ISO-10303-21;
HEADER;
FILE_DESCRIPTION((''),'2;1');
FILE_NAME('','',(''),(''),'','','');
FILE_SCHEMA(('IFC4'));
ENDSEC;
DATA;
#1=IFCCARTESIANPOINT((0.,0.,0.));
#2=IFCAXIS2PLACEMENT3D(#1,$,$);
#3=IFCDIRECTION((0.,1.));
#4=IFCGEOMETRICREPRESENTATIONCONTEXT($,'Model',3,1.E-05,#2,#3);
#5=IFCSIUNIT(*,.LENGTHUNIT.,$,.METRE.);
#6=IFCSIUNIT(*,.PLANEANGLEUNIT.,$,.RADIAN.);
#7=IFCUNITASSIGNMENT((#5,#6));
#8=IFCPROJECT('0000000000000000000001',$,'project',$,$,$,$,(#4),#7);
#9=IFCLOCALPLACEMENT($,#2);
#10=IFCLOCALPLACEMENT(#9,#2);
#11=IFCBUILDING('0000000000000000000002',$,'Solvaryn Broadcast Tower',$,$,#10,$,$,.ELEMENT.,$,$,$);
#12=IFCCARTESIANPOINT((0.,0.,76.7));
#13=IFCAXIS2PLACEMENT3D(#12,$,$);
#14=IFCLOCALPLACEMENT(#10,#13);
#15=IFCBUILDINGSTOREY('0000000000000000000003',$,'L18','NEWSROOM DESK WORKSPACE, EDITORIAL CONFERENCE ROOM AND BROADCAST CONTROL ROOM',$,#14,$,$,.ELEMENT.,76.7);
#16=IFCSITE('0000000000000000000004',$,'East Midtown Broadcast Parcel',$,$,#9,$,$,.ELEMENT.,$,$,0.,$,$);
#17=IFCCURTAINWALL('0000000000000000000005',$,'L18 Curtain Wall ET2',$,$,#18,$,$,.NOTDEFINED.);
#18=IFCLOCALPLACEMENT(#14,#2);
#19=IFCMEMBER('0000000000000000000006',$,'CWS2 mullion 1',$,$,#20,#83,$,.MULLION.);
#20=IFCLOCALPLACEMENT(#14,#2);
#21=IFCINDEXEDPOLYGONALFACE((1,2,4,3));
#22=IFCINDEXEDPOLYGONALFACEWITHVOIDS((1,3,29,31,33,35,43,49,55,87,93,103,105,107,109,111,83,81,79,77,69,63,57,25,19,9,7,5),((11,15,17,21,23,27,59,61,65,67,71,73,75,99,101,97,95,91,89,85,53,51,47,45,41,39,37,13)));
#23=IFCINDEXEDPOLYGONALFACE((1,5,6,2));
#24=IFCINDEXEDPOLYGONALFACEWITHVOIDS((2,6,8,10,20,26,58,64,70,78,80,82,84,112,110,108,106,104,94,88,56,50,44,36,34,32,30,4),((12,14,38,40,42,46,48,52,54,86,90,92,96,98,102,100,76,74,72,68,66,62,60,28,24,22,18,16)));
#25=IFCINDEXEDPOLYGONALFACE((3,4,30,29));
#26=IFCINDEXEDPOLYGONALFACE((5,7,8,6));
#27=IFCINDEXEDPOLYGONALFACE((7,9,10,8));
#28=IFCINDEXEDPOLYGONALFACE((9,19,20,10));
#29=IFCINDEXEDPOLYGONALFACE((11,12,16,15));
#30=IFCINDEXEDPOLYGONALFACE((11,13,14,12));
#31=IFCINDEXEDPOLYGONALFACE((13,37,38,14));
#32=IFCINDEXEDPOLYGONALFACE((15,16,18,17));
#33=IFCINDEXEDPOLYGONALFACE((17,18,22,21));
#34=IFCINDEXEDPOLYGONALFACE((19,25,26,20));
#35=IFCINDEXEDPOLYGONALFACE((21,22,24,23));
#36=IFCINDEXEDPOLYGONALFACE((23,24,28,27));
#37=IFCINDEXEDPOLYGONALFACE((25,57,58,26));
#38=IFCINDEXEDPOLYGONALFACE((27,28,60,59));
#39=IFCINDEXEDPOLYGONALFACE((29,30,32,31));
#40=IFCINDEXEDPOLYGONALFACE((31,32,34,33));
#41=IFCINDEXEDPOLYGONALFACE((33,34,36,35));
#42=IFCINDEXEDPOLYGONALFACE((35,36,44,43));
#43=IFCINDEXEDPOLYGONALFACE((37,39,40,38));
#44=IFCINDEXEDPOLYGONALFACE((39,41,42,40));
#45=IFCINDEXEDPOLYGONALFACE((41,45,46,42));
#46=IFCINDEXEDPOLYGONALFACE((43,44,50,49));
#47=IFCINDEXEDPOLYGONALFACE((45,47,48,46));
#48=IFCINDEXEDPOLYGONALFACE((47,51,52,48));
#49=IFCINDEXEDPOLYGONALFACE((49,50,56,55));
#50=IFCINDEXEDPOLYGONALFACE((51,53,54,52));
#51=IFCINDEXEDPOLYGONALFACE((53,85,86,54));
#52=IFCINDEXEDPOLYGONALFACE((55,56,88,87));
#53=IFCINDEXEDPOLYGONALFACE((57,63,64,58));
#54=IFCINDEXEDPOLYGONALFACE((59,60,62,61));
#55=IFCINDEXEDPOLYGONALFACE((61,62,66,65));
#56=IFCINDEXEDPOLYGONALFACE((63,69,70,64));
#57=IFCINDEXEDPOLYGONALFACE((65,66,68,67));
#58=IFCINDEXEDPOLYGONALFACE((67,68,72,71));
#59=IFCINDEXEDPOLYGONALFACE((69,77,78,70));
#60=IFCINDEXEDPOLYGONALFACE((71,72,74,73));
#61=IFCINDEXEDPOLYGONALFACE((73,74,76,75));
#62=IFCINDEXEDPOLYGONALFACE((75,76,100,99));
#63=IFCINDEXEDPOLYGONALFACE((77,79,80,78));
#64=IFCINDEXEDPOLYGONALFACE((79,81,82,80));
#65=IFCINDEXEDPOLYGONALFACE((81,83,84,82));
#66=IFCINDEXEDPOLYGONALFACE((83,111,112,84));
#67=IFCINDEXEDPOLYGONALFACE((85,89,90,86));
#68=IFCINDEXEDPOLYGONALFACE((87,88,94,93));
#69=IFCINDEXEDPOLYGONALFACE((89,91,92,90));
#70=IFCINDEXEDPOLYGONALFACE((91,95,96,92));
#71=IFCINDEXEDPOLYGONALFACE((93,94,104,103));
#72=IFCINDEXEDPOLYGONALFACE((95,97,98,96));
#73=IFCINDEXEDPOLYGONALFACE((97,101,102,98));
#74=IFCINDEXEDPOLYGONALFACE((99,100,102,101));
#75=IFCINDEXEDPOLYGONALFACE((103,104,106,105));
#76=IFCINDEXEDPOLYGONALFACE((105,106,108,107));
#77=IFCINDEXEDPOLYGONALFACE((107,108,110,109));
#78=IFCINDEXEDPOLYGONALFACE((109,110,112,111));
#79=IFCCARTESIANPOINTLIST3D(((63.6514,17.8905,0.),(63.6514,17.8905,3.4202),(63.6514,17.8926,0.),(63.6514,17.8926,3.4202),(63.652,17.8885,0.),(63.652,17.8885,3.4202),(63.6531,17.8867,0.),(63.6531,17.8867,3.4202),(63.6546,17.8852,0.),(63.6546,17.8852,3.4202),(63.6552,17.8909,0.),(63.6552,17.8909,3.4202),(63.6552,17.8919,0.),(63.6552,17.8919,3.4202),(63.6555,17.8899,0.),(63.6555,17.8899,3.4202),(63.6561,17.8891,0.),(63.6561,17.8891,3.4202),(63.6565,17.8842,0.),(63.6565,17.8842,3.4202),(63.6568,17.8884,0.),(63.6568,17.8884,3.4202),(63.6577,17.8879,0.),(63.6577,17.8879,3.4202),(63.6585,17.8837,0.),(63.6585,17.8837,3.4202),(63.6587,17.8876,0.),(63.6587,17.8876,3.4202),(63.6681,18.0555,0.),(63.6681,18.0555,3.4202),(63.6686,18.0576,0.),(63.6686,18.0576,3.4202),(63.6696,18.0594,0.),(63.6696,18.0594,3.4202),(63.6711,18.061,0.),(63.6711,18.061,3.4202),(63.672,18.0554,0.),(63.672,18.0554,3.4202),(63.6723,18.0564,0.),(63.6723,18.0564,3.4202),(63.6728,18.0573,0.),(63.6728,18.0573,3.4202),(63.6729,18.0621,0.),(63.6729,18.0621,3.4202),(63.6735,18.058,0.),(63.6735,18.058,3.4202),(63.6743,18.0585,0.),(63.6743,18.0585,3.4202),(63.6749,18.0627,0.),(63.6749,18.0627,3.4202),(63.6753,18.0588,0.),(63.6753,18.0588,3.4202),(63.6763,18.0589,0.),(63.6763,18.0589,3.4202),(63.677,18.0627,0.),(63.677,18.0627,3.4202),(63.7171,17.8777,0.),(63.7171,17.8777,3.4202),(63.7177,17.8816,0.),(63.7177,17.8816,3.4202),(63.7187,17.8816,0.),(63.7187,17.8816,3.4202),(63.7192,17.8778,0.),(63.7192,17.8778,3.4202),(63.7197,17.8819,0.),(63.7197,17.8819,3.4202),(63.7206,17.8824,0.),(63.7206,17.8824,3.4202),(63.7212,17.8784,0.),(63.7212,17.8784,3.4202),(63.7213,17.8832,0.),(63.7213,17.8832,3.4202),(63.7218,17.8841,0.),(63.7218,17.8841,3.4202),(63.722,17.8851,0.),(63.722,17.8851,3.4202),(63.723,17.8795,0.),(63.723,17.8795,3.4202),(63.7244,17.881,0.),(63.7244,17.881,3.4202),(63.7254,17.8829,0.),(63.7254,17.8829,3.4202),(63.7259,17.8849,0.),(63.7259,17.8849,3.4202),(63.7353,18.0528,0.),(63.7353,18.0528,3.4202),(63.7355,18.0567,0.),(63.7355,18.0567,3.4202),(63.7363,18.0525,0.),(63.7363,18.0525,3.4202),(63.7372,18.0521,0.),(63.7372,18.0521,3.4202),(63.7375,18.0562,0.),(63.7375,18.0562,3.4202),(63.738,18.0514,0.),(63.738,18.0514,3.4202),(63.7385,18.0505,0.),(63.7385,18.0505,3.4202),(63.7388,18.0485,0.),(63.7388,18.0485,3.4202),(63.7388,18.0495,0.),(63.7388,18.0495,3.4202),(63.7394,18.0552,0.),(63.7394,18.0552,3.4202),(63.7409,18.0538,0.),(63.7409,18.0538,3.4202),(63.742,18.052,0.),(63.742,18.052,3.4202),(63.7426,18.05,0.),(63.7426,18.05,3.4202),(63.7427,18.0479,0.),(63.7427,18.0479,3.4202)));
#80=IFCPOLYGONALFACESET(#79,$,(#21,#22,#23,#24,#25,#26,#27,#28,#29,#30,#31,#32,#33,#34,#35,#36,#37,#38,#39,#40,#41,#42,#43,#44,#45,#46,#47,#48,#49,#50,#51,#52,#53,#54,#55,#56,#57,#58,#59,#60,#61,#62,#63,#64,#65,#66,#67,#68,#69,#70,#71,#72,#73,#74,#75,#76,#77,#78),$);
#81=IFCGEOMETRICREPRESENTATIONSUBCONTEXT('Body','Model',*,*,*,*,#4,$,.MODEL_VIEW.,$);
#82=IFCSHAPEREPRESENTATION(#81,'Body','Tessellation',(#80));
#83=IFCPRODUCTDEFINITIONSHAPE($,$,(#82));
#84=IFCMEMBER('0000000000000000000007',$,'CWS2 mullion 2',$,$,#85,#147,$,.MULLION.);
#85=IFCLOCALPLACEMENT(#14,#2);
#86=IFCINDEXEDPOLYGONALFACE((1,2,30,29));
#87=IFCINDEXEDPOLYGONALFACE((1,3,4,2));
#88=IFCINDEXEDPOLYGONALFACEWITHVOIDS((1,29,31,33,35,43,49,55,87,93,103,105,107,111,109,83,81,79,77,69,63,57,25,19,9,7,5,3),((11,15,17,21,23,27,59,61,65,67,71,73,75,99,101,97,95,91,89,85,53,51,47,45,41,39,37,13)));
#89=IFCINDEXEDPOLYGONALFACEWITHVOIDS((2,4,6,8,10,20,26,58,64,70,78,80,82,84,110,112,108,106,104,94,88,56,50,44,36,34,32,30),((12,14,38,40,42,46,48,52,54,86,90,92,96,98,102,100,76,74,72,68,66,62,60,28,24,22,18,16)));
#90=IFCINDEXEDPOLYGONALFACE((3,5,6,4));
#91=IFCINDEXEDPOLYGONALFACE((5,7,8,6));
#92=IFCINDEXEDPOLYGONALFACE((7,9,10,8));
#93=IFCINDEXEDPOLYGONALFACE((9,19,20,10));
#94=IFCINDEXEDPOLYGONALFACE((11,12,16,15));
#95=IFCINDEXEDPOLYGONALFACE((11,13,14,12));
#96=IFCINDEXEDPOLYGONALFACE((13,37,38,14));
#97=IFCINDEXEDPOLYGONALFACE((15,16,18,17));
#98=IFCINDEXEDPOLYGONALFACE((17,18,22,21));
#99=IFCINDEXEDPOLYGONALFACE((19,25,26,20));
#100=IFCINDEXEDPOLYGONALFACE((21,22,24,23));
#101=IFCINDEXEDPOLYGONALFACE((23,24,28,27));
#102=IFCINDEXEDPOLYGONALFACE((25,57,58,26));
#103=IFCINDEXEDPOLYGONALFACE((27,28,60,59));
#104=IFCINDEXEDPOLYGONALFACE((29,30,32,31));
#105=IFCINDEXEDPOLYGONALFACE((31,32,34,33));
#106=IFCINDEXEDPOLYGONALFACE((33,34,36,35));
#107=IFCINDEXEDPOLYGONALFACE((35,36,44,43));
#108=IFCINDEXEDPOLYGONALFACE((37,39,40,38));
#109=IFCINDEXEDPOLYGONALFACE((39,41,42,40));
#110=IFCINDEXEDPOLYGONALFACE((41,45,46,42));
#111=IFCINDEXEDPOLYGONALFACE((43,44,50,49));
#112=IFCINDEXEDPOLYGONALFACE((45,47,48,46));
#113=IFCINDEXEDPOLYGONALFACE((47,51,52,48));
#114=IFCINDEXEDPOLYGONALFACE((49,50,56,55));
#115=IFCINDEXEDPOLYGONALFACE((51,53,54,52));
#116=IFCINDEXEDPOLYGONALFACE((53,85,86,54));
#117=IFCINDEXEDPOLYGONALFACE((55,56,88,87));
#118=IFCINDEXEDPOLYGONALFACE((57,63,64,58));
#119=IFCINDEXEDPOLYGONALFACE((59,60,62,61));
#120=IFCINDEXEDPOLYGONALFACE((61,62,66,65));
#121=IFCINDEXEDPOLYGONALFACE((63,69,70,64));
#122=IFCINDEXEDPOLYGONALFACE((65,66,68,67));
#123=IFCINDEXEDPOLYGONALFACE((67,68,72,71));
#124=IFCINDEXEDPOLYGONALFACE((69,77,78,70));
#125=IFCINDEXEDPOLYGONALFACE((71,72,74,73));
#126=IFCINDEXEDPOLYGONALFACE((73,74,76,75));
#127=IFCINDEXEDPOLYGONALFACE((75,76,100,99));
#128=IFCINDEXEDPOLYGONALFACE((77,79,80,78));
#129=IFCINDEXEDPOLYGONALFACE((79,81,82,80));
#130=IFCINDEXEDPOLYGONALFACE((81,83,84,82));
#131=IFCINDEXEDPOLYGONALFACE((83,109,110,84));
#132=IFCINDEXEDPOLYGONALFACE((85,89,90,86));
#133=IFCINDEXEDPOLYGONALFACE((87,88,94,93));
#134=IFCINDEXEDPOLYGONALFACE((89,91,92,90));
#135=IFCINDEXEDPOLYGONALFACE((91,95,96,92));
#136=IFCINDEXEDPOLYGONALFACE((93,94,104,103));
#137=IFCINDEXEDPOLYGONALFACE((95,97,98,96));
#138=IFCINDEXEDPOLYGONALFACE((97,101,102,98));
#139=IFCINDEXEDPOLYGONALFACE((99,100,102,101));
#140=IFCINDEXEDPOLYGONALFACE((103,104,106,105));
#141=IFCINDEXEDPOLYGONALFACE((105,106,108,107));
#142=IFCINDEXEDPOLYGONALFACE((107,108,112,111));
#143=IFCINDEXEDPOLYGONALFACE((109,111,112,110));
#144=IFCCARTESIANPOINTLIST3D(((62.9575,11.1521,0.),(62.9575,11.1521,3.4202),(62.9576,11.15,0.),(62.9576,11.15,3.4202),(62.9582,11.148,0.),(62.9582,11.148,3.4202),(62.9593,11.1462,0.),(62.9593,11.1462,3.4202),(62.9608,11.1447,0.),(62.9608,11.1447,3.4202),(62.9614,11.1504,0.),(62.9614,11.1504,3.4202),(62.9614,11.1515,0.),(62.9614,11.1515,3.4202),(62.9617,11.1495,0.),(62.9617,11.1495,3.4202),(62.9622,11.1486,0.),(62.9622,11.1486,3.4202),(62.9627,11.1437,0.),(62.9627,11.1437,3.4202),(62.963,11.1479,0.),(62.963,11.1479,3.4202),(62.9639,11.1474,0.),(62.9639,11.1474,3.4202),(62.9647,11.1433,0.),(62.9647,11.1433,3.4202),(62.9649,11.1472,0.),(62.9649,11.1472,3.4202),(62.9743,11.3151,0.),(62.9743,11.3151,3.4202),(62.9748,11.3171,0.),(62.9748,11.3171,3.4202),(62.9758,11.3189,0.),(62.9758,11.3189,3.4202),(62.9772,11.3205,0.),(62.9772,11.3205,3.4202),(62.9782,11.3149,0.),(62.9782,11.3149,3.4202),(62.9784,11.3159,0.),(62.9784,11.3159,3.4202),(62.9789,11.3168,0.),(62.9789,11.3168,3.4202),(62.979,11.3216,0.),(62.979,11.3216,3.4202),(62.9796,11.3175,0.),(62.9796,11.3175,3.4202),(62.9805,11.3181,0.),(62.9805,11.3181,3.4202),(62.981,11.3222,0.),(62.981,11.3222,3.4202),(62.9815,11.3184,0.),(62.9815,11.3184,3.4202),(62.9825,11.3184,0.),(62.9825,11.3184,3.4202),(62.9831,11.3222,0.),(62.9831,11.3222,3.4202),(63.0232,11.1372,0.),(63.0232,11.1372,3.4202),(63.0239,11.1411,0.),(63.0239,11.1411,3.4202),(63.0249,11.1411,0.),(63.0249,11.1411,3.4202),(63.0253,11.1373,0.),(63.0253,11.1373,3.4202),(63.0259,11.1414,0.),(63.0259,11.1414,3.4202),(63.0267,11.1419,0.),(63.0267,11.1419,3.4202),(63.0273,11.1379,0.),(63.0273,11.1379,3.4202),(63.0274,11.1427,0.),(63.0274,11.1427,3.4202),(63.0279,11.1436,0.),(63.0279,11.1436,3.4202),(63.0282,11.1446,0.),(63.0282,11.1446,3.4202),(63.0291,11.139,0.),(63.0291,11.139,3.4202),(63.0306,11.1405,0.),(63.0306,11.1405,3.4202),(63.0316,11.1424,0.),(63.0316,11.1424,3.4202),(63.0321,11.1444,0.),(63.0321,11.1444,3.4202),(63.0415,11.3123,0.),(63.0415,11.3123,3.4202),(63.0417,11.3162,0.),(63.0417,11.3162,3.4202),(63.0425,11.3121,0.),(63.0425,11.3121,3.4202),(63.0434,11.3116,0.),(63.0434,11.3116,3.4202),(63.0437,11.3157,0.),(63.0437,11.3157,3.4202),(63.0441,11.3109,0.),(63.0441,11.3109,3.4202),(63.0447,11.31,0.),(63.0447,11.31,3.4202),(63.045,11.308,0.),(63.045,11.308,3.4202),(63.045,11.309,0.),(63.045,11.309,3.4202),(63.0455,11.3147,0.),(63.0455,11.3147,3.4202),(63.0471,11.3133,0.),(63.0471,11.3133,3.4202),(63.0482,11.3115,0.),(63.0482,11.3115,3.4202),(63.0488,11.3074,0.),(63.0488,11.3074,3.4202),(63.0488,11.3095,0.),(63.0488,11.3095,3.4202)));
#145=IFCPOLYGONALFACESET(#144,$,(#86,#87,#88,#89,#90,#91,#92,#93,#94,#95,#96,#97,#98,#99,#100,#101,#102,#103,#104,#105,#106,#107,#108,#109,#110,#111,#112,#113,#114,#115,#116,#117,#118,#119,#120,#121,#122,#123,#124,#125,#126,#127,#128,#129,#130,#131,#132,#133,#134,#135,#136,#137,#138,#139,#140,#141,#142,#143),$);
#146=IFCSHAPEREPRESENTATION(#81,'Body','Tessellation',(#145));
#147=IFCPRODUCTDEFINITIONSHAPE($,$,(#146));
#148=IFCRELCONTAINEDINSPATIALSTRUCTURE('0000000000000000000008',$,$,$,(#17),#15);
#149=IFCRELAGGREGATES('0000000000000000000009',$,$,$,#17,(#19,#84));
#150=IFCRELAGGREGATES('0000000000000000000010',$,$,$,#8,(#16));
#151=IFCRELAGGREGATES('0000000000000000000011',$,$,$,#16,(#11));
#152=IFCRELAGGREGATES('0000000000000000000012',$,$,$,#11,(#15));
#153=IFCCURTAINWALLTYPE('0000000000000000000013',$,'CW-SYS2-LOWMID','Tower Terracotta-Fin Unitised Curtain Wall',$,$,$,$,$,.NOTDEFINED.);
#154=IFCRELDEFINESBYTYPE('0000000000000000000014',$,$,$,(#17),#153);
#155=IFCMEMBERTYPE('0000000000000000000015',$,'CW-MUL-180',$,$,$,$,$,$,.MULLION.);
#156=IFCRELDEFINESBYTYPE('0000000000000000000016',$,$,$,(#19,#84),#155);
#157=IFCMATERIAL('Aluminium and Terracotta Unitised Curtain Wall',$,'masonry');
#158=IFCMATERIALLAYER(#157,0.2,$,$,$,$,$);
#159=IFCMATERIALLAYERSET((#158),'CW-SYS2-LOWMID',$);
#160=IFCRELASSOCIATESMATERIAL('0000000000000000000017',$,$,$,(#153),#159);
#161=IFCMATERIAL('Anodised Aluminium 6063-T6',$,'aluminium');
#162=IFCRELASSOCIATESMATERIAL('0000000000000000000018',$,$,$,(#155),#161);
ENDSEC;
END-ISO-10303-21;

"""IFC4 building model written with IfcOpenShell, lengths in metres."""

from ifc_helpers import new_model, si_unit, direction, frame, origin, origin_2d, place, context, subcontext, project, spatial, hollow_rectangle, extrude, material, layer, layer_set, material_profile, profile_set, type_object, element, aggregate, save


model = new_model("IFC4")

# Units and contexts
model_context = context("Model", 3, precision=1e-05, world=origin(), true_north=direction((0.0, 1.0)))
body_context = subcontext(model_context, "Body", "Model", "MODEL_VIEW")
ifc_project = project(units=[si_unit("LENGTHUNIT", "METRE"), si_unit("PLANEANGLEUNIT", "RADIAN")], contexts=[model_context])

# Site, building, storey
site_placement = place(None, origin())
site = spatial("IfcSite", under=ifc_project, at=site_placement, Name="East Midtown Broadcast Parcel", CompositionType="ELEMENT", RefElevation=0.0)
building_placement = place(site_placement, origin())
building = spatial("IfcBuilding", under=site, at=building_placement, Name="Solvaryn Broadcast Tower", CompositionType="ELEMENT")
storey_placement = place(building_placement, frame((0.0, 0.0, 76.7)))
storey = spatial("IfcBuildingStorey", under=building, at=storey_placement, Name="L18", Description="NEWSROOM DESK WORKSPACE, EDITORIAL CONFERENCE ROOM AND BROADCAST CONTROL ROOM", CompositionType="ELEMENT", Elevation=76.7)

# Shared definitions
ifc_material_1 = material(Name="Aluminium and Terracotta Unitised Curtain Wall", Category="masonry")
ifc_layer_1 = layer(ifc_material_1, 0.2)
ifc_layer_set_1 = layer_set([ifc_layer_1], Name="CW-SYS2-LOWMID")
curtain_wall_type = type_object("IfcCurtainWallType", Name="CW-SYS2-LOWMID", Description="Tower Terracotta-Fin Unitised Curtain Wall", PredefinedType="NOTDEFINED", material=ifc_layer_set_1)
ifc_material_2 = material(Name="Anodised Aluminium 6063-T6", Category="aluminium")
ifc_material_profile_1 = material_profile(ifc_material_2, hollow_rectangle(XDim=0.075, YDim=0.1799, WallThickness=0.0039, InnerFilletRadius=0.0039, OuterFilletRadius=0.0081, at=origin_2d()))
ifc_profile_set_1 = profile_set([ifc_material_profile_1], Name="Anodised Aluminium 6063-T6")
member_type_1 = type_object("IfcMemberType", Name="CW-MUL-180", PredefinedType="MULLION", material=ifc_profile_set_1)

# Curtain wall, members
curtain_wall_1_placement = place(storey_placement, origin())
curtain_wall_1 = element("IfcCurtainWall", 1, at=curtain_wall_1_placement, inside=storey, type_object=curtain_wall_type, Name="L18 Curtain Wall ET2", PredefinedType="NOTDEFINED")
member_1_placement = place(storey_placement, frame((63.697, 17.9702, 0.0), z_axis=(0.0, 0.0, 1.0), x_axis=(0.994743, -0.1024, 0.0)))
member_1 = element("IfcMember", 2, at=member_1_placement, type_object=member_type_1, Name="CWS2 mullion 1", PredefinedType="MULLION", context=body_context, shape_type="SweptSolid", body=[
    extrude(hollow_rectangle(XDim=0.075, YDim=0.1799, WallThickness=0.0039, InnerFilletRadius=0.0039, OuterFilletRadius=0.0081, at=origin_2d()), origin(), (0.0, 0.0, 1.0), 3.4202),
])
member_2_placement = place(storey_placement, frame((63.0032, 11.2297, 0.0), z_axis=(0.0, 0.0, 1.0), x_axis=(0.994743, -0.1024, 0.0)))
member_2 = element("IfcMember", 3, at=member_2_placement, type_object=member_type_1, Name="CWS2 mullion 2", PredefinedType="MULLION", context=body_context, shape_type="SweptSolid", body=[
    extrude(hollow_rectangle(XDim=0.075, YDim=0.1799, WallThickness=0.0039, InnerFilletRadius=0.0039, OuterFilletRadius=0.0081, at=origin_2d()), origin(), (0.0, 0.0, 1.0), 3.4202),
])
aggregate(curtain_wall_1, [member_1, member_2])

save(model, "model.ifc")
